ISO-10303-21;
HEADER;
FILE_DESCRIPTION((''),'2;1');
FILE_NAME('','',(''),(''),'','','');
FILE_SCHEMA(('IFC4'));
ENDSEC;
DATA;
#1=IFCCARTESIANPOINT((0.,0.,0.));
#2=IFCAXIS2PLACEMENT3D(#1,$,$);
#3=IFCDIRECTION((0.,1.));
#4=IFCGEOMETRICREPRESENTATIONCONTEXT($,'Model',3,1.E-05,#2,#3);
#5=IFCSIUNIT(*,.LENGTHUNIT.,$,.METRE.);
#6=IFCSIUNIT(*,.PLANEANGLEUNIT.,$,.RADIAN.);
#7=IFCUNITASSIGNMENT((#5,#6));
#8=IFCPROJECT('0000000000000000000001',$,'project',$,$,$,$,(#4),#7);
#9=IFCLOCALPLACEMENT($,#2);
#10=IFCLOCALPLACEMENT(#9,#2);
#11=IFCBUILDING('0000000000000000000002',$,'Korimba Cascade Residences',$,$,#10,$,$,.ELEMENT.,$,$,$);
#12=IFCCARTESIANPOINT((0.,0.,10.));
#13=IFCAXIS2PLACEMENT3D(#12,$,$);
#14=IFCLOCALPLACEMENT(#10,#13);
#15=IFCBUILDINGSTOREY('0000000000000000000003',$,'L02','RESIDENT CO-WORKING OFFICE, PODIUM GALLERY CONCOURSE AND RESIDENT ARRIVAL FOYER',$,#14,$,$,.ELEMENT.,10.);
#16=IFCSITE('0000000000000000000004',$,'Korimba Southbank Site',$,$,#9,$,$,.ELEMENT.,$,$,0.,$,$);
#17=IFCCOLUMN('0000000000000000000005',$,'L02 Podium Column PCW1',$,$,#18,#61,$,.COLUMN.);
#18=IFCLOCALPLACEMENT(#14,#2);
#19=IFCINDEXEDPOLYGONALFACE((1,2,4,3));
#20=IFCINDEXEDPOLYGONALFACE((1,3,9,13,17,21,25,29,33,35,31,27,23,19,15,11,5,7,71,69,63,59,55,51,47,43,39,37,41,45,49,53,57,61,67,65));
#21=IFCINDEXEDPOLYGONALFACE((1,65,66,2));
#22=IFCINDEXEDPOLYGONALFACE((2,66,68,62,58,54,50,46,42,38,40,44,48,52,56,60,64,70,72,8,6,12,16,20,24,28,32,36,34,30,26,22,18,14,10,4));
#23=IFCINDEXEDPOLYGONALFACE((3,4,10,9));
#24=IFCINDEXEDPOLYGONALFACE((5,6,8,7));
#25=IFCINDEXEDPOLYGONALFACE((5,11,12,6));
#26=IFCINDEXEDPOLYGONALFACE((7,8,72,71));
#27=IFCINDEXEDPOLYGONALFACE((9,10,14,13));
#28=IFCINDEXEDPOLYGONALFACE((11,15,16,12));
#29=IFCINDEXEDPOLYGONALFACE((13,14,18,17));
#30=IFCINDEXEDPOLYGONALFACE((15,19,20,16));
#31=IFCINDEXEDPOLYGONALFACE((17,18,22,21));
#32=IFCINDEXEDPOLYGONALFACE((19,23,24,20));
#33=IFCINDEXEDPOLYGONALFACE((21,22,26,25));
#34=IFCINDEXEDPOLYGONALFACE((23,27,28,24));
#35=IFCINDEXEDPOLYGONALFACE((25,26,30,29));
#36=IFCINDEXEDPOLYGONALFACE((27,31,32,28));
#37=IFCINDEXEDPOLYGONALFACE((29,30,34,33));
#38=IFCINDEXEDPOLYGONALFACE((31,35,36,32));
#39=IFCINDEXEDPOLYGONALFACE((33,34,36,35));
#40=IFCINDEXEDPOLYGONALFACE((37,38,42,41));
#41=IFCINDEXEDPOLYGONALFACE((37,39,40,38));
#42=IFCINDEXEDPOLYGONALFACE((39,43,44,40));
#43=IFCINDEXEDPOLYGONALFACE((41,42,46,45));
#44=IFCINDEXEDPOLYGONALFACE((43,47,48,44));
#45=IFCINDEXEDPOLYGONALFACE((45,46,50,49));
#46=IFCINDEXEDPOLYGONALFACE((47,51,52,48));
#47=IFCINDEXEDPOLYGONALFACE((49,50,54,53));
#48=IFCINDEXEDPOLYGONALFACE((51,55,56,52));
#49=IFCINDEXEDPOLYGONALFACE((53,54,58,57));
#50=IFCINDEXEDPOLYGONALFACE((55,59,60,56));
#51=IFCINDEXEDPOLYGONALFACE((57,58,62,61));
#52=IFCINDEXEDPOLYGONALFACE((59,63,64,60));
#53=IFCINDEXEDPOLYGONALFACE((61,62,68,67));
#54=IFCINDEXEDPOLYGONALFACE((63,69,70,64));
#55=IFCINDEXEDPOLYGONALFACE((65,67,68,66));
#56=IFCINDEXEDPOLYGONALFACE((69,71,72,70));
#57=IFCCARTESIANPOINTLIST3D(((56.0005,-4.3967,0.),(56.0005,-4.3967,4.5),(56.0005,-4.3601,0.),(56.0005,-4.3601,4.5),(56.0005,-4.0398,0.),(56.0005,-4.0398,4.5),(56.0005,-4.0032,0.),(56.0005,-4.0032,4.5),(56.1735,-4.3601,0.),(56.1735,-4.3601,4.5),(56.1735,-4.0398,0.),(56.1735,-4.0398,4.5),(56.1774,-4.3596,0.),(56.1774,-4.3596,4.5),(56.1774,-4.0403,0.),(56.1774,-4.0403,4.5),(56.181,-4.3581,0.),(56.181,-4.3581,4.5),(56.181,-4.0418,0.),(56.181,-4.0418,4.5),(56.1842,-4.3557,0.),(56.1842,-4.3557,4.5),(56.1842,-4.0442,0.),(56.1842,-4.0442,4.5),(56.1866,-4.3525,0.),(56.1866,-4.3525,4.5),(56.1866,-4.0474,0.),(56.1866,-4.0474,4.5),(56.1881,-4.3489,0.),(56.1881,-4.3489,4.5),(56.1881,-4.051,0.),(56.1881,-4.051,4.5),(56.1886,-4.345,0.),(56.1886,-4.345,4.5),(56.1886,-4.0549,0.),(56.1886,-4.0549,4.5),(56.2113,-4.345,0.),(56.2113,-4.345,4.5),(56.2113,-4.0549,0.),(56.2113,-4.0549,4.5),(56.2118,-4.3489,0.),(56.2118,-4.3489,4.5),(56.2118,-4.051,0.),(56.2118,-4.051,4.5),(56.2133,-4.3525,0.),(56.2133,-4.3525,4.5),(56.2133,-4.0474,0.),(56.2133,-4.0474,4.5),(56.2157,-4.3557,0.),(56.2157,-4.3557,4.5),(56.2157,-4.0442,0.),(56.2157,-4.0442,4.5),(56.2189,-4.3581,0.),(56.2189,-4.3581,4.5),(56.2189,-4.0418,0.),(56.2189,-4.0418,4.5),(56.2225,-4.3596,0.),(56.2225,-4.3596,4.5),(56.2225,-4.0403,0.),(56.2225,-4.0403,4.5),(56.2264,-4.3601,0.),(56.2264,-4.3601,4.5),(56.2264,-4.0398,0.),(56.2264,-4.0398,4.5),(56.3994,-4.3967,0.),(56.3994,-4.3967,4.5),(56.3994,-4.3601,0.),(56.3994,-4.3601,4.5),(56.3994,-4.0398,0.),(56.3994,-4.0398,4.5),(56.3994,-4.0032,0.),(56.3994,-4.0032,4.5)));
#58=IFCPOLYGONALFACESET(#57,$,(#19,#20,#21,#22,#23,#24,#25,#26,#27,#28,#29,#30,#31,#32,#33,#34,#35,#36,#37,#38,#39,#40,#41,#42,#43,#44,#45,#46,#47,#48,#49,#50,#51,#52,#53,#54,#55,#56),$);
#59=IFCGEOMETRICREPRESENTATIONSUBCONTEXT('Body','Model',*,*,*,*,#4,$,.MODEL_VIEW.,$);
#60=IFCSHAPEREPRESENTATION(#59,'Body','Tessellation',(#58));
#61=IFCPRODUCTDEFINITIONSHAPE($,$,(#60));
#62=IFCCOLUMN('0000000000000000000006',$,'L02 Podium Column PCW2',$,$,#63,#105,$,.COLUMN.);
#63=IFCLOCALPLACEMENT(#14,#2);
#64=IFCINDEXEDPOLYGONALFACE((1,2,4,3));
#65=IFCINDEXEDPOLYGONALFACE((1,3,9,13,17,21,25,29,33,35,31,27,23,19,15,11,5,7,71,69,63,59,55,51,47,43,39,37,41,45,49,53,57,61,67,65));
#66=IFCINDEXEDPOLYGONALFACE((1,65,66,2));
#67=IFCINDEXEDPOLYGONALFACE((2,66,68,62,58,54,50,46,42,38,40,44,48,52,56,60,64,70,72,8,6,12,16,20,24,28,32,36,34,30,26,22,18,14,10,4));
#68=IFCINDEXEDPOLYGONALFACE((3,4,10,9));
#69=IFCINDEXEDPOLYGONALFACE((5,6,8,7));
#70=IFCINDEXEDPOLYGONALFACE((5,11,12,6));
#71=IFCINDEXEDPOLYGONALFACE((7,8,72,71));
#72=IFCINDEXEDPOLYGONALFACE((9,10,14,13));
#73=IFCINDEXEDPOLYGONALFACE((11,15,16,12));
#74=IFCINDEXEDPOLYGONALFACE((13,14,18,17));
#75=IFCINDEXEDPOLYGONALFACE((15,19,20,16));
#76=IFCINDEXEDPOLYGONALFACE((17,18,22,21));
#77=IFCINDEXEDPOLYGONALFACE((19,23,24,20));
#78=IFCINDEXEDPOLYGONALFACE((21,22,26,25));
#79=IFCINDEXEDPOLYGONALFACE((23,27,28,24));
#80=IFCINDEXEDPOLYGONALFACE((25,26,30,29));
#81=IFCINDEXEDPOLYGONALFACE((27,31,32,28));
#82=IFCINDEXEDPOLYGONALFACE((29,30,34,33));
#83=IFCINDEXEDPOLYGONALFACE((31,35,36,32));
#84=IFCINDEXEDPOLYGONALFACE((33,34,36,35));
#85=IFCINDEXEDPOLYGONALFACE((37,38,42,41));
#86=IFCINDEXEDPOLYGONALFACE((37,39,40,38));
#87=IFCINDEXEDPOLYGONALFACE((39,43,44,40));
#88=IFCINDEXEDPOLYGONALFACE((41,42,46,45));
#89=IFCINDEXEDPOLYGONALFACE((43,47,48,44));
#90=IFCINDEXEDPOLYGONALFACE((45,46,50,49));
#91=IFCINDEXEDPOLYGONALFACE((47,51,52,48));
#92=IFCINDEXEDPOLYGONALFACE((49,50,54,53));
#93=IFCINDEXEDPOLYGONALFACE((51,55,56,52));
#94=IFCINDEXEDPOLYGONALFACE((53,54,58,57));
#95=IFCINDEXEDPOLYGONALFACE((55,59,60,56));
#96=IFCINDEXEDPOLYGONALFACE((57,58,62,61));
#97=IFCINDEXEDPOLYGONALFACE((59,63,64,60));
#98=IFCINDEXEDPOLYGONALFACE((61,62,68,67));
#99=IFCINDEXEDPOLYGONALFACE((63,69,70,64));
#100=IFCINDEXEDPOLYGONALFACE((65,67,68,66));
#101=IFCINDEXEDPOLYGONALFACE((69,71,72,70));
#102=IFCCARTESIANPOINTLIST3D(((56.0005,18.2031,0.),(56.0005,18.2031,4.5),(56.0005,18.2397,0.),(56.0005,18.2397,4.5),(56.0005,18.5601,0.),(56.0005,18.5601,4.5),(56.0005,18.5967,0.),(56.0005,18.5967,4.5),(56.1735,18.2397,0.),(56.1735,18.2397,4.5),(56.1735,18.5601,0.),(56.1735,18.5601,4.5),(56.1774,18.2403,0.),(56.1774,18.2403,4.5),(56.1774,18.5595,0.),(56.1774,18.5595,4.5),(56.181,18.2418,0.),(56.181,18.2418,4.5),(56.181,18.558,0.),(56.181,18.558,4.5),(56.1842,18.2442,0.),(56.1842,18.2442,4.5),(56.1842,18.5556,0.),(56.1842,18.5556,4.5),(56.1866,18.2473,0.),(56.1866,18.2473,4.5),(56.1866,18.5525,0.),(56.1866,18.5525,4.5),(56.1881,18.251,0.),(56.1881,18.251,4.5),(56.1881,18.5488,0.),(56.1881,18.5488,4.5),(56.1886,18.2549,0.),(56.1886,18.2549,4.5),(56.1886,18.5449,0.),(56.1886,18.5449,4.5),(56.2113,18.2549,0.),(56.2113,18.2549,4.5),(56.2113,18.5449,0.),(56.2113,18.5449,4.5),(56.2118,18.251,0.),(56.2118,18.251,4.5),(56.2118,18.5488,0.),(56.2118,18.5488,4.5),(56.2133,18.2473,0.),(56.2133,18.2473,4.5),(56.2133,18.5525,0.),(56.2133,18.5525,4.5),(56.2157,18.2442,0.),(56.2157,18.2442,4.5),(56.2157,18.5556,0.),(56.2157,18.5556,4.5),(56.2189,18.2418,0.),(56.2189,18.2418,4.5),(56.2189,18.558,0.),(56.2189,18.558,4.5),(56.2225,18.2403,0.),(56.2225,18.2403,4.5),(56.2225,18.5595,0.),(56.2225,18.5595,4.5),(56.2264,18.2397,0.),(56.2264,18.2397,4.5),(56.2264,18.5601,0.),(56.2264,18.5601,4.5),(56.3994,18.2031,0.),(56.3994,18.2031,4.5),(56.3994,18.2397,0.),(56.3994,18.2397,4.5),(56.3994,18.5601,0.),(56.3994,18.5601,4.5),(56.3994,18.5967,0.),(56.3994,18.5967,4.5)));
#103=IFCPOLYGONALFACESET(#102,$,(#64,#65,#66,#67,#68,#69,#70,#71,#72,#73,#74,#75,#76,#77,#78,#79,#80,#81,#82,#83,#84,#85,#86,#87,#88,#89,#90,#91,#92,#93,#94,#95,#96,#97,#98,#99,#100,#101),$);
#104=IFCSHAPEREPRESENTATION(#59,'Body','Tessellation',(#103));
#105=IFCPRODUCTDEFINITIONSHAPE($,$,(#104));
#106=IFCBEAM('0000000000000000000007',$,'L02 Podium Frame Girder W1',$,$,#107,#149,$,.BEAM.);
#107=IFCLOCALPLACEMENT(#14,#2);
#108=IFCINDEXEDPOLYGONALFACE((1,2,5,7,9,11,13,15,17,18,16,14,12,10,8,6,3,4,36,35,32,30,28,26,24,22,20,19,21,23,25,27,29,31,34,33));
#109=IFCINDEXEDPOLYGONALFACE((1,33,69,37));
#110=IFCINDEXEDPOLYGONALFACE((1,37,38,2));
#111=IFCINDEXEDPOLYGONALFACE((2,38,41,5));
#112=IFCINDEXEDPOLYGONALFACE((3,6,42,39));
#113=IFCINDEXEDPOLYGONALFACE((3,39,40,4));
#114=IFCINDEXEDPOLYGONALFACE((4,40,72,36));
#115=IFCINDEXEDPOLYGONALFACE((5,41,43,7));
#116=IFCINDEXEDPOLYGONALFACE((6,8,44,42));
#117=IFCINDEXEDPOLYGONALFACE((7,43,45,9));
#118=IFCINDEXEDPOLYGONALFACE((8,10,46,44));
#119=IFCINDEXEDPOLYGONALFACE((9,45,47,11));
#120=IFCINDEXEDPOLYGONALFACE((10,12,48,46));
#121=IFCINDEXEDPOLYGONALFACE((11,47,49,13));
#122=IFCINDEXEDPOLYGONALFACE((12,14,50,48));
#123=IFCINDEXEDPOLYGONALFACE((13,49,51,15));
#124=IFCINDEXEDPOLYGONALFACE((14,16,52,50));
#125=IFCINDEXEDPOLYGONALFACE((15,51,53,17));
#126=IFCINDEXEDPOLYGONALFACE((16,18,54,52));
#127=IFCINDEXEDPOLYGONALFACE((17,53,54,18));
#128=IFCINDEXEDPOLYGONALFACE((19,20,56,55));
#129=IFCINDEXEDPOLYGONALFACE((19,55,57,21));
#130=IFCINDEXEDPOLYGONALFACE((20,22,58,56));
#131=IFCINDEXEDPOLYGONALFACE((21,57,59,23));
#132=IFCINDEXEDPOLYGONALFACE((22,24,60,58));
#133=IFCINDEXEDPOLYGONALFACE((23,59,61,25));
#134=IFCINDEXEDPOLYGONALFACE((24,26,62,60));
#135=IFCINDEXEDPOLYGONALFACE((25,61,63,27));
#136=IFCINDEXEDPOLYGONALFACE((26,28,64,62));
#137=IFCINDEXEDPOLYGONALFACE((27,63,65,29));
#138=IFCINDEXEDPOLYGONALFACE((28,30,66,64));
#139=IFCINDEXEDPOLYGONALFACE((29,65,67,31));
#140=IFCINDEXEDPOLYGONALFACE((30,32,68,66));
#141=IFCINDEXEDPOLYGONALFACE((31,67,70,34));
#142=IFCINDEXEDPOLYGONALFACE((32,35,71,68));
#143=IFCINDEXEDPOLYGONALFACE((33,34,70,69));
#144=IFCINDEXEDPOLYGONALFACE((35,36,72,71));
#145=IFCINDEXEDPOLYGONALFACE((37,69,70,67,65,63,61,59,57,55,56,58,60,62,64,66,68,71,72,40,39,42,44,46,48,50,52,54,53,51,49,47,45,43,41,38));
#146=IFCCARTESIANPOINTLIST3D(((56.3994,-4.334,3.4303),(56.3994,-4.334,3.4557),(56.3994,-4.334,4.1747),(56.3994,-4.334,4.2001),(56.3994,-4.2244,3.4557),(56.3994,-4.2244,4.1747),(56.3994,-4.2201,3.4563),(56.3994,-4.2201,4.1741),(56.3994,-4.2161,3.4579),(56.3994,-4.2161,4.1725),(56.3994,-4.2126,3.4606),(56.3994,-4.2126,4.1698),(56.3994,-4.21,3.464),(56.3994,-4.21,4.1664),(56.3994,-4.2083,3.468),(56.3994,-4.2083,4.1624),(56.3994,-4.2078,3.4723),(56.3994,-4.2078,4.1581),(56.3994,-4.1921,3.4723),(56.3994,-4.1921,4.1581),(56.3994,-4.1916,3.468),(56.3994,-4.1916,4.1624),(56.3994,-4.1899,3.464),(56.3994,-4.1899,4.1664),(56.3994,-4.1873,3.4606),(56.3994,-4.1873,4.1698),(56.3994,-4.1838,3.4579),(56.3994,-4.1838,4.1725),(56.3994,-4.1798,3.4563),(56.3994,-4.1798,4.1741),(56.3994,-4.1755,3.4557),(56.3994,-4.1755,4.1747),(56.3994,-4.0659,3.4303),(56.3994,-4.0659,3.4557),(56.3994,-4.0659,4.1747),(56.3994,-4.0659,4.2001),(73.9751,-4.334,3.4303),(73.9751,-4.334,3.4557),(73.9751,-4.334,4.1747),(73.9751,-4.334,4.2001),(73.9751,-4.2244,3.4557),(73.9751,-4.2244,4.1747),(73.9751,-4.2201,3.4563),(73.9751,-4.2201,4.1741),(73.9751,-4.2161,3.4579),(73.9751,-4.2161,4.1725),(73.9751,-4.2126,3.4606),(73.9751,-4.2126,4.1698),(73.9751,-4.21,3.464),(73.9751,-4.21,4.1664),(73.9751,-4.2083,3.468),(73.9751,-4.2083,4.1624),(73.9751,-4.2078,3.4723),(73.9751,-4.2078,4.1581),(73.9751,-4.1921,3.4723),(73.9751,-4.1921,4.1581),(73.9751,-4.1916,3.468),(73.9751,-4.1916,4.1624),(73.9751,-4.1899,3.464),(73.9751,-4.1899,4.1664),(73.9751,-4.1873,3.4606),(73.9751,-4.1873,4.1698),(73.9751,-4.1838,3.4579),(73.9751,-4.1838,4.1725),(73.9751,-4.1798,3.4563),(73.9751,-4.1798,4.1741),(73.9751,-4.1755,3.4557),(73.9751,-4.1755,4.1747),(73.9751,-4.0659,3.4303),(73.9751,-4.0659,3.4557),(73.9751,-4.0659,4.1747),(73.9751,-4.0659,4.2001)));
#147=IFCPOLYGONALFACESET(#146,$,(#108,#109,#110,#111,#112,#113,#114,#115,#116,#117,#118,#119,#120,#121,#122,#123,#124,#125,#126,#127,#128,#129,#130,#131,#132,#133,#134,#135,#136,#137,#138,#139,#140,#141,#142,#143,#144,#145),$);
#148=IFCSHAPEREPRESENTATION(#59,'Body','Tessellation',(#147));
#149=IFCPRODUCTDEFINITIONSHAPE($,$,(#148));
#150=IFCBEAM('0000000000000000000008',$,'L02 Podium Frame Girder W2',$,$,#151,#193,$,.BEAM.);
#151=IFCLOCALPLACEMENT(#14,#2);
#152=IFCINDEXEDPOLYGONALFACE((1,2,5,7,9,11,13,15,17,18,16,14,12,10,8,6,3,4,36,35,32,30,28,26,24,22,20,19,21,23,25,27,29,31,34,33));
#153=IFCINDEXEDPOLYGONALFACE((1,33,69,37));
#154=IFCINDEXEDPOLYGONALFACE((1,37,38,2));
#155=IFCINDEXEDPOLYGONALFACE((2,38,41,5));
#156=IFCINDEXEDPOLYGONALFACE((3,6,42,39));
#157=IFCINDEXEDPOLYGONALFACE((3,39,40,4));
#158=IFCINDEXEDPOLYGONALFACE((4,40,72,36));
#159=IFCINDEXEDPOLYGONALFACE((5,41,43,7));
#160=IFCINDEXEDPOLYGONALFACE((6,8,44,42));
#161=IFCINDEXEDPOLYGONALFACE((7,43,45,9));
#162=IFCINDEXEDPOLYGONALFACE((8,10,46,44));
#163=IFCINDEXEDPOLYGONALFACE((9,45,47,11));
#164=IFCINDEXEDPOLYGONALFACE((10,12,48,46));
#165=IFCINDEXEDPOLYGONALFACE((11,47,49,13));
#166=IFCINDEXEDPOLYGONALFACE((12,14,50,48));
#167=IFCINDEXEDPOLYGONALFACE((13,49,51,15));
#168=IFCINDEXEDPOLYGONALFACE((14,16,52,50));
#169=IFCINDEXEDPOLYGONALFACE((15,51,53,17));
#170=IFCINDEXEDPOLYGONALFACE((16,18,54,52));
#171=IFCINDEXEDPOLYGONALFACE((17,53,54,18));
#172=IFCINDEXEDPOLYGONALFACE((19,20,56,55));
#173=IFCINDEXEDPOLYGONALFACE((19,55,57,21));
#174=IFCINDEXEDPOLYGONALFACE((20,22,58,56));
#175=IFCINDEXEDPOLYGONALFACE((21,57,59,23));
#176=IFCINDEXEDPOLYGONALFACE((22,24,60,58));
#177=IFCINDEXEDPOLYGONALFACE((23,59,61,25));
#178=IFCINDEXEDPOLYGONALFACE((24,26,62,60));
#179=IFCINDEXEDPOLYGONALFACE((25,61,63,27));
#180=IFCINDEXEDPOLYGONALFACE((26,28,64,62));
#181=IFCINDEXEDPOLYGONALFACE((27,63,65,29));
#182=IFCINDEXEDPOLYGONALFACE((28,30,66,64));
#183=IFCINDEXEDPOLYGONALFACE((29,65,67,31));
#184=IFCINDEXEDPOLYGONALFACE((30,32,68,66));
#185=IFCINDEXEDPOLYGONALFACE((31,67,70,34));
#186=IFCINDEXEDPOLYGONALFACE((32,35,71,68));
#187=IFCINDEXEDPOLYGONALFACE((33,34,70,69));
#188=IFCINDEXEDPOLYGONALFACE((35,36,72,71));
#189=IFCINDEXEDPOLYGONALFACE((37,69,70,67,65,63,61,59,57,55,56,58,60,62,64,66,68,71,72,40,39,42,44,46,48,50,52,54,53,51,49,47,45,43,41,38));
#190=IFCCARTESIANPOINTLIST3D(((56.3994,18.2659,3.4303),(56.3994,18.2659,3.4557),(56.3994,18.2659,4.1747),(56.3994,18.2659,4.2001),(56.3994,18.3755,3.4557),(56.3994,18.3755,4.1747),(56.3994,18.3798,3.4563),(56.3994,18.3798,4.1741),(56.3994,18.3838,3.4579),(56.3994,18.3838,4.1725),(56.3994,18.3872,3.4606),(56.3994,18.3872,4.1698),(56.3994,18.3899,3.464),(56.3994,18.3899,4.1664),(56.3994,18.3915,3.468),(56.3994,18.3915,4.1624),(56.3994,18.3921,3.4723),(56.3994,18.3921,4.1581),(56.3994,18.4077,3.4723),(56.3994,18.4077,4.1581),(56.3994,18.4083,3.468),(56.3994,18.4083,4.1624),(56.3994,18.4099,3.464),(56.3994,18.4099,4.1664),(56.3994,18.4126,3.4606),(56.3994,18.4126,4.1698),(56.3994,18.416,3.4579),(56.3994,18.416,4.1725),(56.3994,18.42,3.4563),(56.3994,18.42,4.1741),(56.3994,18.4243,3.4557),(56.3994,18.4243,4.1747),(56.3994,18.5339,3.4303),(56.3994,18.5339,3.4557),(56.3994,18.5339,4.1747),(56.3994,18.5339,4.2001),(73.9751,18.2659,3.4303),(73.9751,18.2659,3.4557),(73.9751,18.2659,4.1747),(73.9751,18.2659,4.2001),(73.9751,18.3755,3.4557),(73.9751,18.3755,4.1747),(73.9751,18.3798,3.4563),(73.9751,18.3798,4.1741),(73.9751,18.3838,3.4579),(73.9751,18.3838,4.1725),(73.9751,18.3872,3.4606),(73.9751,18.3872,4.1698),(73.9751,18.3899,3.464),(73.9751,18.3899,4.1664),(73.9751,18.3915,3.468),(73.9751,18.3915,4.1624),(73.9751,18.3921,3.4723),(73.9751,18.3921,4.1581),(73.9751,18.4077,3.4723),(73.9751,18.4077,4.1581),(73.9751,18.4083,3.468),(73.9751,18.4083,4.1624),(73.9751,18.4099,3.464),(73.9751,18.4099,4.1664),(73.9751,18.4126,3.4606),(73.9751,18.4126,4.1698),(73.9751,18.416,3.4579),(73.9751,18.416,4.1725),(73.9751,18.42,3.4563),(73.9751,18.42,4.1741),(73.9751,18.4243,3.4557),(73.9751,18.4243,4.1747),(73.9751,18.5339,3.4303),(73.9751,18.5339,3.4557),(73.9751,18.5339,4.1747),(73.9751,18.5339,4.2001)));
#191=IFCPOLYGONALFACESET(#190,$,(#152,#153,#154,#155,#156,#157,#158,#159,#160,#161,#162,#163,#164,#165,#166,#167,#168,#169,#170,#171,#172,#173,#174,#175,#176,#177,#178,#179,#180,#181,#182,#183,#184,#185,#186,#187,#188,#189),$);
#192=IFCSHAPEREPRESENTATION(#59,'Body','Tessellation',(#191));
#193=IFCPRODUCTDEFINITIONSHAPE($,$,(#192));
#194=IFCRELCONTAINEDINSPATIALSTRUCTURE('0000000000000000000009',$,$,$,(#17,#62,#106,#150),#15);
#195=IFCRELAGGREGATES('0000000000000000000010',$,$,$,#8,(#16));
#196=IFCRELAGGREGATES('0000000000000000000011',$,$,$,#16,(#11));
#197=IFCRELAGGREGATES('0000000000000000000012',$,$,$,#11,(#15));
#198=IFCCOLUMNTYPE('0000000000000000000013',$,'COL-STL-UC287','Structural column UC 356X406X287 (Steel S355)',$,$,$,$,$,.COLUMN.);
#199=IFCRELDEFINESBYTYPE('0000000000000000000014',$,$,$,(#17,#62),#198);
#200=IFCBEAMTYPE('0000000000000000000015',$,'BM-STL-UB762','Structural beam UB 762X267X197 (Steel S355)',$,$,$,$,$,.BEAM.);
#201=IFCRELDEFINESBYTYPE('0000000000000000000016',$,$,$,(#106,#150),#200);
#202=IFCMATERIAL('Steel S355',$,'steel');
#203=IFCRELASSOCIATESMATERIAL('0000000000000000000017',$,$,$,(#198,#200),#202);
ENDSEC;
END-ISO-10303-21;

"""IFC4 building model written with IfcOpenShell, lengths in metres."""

from ifc_helpers import new_model, si_unit, direction, frame, origin, origin_2d, place, context, subcontext, project, spatial, i_section, extrude, material, material_profile, profile_set, type_object, element, save


model = new_model("IFC4")

# Units and contexts
model_context = context("Model", 3, precision=1e-05, world=origin(), true_north=direction((0.0, 1.0)))
body_context = subcontext(model_context, "Body", "Model", "MODEL_VIEW")
ifc_project = project(units=[si_unit("LENGTHUNIT", "METRE"), si_unit("PLANEANGLEUNIT", "RADIAN")], contexts=[model_context])

# Site, building, storey
site_placement = place(None, origin())
site = spatial("IfcSite", under=ifc_project, at=site_placement, Name="Korimba Southbank Site", CompositionType="ELEMENT", RefElevation=0.0)
building_placement = place(site_placement, origin())
building = spatial("IfcBuilding", under=site, at=building_placement, Name="Korimba Cascade Residences", CompositionType="ELEMENT")
storey_placement = place(building_placement, frame((0.0, 0.0, 10.0)))
storey = spatial("IfcBuildingStorey", under=building, at=storey_placement, Name="L02", Description="RESIDENT CO-WORKING OFFICE, PODIUM GALLERY CONCOURSE AND RESIDENT ARRIVAL FOYER", CompositionType="ELEMENT", Elevation=10.0)

# Columns
ifc_material_1 = material(Name="Steel S355", Category="steel")
ifc_material_profile_1 = material_profile(ifc_material_1, i_section(OverallWidth=0.3989, OverallDepth=0.3936, WebThickness=0.0227, FlangeThickness=0.0366, FilletRadius=0.0151, at=origin_2d()), Name="Steel S355")
ifc_profile_set_1 = profile_set([ifc_material_profile_1], Name="Steel S355")
column_type = type_object("IfcColumnType", Name="COL-STL-UC287", Description="Structural column UC 356X406X287 (Steel S355)", PredefinedType="COLUMN", material=ifc_profile_set_1)
for number, where, z_axis, x_axis, name in (
    (1, (56.2, -4.2, 0.0), (0.0, 0.0, 1.0), (1.0, 0.0, 0.0), "L02 Podium Column PCW1"),
    (2, (56.2, 18.3999, 0.0), (0.0, 0.0, 1.0), (1.0, 0.0, 0.0), "L02 Podium Column PCW2"),
):
    element("IfcColumn", number, at=place(storey_placement, frame(where, z_axis=z_axis, x_axis=x_axis)), inside=storey, type_object=column_type, Name=name, PredefinedType="COLUMN", context=body_context, shape_type="SweptSolid", body=[
        extrude(i_section(OverallWidth=0.3989, OverallDepth=0.3936, WebThickness=0.0227, FlangeThickness=0.0366, FilletRadius=0.0151, at=origin_2d()), origin(), (0.0, 0.0, 1.0), 4.5),
    ])

# Beams
ifc_material_profile_2 = material_profile(ifc_material_1, i_section(OverallWidth=0.2681, OverallDepth=0.7698, WebThickness=0.0156, FlangeThickness=0.0254, FilletRadius=0.0166, at=origin_2d()), Name="Steel S355")
ifc_profile_set_2 = profile_set([ifc_material_profile_2], Name="Steel S355")
beam_type = type_object("IfcBeamType", Name="BM-STL-UB762", Description="Structural beam UB 762X267X197 (Steel S355)", PredefinedType="BEAM", material=ifc_profile_set_2)
for number, where, z_axis, x_axis, name in (
    (3, (56.3994, -4.2, 3.8152), (1.0, 0.0, 0.0), (0.0, 1.0, 0.0), "L02 Podium Frame Girder W1"),
    (4, (56.3994, 18.3999, 3.8152), (1.0, 0.0, 0.0), (0.0, 1.0, 0.0), "L02 Podium Frame Girder W2"),
):
    element("IfcBeam", number, at=place(storey_placement, frame(where, z_axis=z_axis, x_axis=x_axis)), inside=storey, type_object=beam_type, Name=name, PredefinedType="BEAM", context=body_context, shape_type="SweptSolid", body=[
        extrude(i_section(OverallWidth=0.2681, OverallDepth=0.7698, WebThickness=0.0156, FlangeThickness=0.0254, FilletRadius=0.0166, at=origin_2d()), origin(), (0.0, 0.0, 1.0), 17.5757),
    ])

save(model, "model.ifc")
